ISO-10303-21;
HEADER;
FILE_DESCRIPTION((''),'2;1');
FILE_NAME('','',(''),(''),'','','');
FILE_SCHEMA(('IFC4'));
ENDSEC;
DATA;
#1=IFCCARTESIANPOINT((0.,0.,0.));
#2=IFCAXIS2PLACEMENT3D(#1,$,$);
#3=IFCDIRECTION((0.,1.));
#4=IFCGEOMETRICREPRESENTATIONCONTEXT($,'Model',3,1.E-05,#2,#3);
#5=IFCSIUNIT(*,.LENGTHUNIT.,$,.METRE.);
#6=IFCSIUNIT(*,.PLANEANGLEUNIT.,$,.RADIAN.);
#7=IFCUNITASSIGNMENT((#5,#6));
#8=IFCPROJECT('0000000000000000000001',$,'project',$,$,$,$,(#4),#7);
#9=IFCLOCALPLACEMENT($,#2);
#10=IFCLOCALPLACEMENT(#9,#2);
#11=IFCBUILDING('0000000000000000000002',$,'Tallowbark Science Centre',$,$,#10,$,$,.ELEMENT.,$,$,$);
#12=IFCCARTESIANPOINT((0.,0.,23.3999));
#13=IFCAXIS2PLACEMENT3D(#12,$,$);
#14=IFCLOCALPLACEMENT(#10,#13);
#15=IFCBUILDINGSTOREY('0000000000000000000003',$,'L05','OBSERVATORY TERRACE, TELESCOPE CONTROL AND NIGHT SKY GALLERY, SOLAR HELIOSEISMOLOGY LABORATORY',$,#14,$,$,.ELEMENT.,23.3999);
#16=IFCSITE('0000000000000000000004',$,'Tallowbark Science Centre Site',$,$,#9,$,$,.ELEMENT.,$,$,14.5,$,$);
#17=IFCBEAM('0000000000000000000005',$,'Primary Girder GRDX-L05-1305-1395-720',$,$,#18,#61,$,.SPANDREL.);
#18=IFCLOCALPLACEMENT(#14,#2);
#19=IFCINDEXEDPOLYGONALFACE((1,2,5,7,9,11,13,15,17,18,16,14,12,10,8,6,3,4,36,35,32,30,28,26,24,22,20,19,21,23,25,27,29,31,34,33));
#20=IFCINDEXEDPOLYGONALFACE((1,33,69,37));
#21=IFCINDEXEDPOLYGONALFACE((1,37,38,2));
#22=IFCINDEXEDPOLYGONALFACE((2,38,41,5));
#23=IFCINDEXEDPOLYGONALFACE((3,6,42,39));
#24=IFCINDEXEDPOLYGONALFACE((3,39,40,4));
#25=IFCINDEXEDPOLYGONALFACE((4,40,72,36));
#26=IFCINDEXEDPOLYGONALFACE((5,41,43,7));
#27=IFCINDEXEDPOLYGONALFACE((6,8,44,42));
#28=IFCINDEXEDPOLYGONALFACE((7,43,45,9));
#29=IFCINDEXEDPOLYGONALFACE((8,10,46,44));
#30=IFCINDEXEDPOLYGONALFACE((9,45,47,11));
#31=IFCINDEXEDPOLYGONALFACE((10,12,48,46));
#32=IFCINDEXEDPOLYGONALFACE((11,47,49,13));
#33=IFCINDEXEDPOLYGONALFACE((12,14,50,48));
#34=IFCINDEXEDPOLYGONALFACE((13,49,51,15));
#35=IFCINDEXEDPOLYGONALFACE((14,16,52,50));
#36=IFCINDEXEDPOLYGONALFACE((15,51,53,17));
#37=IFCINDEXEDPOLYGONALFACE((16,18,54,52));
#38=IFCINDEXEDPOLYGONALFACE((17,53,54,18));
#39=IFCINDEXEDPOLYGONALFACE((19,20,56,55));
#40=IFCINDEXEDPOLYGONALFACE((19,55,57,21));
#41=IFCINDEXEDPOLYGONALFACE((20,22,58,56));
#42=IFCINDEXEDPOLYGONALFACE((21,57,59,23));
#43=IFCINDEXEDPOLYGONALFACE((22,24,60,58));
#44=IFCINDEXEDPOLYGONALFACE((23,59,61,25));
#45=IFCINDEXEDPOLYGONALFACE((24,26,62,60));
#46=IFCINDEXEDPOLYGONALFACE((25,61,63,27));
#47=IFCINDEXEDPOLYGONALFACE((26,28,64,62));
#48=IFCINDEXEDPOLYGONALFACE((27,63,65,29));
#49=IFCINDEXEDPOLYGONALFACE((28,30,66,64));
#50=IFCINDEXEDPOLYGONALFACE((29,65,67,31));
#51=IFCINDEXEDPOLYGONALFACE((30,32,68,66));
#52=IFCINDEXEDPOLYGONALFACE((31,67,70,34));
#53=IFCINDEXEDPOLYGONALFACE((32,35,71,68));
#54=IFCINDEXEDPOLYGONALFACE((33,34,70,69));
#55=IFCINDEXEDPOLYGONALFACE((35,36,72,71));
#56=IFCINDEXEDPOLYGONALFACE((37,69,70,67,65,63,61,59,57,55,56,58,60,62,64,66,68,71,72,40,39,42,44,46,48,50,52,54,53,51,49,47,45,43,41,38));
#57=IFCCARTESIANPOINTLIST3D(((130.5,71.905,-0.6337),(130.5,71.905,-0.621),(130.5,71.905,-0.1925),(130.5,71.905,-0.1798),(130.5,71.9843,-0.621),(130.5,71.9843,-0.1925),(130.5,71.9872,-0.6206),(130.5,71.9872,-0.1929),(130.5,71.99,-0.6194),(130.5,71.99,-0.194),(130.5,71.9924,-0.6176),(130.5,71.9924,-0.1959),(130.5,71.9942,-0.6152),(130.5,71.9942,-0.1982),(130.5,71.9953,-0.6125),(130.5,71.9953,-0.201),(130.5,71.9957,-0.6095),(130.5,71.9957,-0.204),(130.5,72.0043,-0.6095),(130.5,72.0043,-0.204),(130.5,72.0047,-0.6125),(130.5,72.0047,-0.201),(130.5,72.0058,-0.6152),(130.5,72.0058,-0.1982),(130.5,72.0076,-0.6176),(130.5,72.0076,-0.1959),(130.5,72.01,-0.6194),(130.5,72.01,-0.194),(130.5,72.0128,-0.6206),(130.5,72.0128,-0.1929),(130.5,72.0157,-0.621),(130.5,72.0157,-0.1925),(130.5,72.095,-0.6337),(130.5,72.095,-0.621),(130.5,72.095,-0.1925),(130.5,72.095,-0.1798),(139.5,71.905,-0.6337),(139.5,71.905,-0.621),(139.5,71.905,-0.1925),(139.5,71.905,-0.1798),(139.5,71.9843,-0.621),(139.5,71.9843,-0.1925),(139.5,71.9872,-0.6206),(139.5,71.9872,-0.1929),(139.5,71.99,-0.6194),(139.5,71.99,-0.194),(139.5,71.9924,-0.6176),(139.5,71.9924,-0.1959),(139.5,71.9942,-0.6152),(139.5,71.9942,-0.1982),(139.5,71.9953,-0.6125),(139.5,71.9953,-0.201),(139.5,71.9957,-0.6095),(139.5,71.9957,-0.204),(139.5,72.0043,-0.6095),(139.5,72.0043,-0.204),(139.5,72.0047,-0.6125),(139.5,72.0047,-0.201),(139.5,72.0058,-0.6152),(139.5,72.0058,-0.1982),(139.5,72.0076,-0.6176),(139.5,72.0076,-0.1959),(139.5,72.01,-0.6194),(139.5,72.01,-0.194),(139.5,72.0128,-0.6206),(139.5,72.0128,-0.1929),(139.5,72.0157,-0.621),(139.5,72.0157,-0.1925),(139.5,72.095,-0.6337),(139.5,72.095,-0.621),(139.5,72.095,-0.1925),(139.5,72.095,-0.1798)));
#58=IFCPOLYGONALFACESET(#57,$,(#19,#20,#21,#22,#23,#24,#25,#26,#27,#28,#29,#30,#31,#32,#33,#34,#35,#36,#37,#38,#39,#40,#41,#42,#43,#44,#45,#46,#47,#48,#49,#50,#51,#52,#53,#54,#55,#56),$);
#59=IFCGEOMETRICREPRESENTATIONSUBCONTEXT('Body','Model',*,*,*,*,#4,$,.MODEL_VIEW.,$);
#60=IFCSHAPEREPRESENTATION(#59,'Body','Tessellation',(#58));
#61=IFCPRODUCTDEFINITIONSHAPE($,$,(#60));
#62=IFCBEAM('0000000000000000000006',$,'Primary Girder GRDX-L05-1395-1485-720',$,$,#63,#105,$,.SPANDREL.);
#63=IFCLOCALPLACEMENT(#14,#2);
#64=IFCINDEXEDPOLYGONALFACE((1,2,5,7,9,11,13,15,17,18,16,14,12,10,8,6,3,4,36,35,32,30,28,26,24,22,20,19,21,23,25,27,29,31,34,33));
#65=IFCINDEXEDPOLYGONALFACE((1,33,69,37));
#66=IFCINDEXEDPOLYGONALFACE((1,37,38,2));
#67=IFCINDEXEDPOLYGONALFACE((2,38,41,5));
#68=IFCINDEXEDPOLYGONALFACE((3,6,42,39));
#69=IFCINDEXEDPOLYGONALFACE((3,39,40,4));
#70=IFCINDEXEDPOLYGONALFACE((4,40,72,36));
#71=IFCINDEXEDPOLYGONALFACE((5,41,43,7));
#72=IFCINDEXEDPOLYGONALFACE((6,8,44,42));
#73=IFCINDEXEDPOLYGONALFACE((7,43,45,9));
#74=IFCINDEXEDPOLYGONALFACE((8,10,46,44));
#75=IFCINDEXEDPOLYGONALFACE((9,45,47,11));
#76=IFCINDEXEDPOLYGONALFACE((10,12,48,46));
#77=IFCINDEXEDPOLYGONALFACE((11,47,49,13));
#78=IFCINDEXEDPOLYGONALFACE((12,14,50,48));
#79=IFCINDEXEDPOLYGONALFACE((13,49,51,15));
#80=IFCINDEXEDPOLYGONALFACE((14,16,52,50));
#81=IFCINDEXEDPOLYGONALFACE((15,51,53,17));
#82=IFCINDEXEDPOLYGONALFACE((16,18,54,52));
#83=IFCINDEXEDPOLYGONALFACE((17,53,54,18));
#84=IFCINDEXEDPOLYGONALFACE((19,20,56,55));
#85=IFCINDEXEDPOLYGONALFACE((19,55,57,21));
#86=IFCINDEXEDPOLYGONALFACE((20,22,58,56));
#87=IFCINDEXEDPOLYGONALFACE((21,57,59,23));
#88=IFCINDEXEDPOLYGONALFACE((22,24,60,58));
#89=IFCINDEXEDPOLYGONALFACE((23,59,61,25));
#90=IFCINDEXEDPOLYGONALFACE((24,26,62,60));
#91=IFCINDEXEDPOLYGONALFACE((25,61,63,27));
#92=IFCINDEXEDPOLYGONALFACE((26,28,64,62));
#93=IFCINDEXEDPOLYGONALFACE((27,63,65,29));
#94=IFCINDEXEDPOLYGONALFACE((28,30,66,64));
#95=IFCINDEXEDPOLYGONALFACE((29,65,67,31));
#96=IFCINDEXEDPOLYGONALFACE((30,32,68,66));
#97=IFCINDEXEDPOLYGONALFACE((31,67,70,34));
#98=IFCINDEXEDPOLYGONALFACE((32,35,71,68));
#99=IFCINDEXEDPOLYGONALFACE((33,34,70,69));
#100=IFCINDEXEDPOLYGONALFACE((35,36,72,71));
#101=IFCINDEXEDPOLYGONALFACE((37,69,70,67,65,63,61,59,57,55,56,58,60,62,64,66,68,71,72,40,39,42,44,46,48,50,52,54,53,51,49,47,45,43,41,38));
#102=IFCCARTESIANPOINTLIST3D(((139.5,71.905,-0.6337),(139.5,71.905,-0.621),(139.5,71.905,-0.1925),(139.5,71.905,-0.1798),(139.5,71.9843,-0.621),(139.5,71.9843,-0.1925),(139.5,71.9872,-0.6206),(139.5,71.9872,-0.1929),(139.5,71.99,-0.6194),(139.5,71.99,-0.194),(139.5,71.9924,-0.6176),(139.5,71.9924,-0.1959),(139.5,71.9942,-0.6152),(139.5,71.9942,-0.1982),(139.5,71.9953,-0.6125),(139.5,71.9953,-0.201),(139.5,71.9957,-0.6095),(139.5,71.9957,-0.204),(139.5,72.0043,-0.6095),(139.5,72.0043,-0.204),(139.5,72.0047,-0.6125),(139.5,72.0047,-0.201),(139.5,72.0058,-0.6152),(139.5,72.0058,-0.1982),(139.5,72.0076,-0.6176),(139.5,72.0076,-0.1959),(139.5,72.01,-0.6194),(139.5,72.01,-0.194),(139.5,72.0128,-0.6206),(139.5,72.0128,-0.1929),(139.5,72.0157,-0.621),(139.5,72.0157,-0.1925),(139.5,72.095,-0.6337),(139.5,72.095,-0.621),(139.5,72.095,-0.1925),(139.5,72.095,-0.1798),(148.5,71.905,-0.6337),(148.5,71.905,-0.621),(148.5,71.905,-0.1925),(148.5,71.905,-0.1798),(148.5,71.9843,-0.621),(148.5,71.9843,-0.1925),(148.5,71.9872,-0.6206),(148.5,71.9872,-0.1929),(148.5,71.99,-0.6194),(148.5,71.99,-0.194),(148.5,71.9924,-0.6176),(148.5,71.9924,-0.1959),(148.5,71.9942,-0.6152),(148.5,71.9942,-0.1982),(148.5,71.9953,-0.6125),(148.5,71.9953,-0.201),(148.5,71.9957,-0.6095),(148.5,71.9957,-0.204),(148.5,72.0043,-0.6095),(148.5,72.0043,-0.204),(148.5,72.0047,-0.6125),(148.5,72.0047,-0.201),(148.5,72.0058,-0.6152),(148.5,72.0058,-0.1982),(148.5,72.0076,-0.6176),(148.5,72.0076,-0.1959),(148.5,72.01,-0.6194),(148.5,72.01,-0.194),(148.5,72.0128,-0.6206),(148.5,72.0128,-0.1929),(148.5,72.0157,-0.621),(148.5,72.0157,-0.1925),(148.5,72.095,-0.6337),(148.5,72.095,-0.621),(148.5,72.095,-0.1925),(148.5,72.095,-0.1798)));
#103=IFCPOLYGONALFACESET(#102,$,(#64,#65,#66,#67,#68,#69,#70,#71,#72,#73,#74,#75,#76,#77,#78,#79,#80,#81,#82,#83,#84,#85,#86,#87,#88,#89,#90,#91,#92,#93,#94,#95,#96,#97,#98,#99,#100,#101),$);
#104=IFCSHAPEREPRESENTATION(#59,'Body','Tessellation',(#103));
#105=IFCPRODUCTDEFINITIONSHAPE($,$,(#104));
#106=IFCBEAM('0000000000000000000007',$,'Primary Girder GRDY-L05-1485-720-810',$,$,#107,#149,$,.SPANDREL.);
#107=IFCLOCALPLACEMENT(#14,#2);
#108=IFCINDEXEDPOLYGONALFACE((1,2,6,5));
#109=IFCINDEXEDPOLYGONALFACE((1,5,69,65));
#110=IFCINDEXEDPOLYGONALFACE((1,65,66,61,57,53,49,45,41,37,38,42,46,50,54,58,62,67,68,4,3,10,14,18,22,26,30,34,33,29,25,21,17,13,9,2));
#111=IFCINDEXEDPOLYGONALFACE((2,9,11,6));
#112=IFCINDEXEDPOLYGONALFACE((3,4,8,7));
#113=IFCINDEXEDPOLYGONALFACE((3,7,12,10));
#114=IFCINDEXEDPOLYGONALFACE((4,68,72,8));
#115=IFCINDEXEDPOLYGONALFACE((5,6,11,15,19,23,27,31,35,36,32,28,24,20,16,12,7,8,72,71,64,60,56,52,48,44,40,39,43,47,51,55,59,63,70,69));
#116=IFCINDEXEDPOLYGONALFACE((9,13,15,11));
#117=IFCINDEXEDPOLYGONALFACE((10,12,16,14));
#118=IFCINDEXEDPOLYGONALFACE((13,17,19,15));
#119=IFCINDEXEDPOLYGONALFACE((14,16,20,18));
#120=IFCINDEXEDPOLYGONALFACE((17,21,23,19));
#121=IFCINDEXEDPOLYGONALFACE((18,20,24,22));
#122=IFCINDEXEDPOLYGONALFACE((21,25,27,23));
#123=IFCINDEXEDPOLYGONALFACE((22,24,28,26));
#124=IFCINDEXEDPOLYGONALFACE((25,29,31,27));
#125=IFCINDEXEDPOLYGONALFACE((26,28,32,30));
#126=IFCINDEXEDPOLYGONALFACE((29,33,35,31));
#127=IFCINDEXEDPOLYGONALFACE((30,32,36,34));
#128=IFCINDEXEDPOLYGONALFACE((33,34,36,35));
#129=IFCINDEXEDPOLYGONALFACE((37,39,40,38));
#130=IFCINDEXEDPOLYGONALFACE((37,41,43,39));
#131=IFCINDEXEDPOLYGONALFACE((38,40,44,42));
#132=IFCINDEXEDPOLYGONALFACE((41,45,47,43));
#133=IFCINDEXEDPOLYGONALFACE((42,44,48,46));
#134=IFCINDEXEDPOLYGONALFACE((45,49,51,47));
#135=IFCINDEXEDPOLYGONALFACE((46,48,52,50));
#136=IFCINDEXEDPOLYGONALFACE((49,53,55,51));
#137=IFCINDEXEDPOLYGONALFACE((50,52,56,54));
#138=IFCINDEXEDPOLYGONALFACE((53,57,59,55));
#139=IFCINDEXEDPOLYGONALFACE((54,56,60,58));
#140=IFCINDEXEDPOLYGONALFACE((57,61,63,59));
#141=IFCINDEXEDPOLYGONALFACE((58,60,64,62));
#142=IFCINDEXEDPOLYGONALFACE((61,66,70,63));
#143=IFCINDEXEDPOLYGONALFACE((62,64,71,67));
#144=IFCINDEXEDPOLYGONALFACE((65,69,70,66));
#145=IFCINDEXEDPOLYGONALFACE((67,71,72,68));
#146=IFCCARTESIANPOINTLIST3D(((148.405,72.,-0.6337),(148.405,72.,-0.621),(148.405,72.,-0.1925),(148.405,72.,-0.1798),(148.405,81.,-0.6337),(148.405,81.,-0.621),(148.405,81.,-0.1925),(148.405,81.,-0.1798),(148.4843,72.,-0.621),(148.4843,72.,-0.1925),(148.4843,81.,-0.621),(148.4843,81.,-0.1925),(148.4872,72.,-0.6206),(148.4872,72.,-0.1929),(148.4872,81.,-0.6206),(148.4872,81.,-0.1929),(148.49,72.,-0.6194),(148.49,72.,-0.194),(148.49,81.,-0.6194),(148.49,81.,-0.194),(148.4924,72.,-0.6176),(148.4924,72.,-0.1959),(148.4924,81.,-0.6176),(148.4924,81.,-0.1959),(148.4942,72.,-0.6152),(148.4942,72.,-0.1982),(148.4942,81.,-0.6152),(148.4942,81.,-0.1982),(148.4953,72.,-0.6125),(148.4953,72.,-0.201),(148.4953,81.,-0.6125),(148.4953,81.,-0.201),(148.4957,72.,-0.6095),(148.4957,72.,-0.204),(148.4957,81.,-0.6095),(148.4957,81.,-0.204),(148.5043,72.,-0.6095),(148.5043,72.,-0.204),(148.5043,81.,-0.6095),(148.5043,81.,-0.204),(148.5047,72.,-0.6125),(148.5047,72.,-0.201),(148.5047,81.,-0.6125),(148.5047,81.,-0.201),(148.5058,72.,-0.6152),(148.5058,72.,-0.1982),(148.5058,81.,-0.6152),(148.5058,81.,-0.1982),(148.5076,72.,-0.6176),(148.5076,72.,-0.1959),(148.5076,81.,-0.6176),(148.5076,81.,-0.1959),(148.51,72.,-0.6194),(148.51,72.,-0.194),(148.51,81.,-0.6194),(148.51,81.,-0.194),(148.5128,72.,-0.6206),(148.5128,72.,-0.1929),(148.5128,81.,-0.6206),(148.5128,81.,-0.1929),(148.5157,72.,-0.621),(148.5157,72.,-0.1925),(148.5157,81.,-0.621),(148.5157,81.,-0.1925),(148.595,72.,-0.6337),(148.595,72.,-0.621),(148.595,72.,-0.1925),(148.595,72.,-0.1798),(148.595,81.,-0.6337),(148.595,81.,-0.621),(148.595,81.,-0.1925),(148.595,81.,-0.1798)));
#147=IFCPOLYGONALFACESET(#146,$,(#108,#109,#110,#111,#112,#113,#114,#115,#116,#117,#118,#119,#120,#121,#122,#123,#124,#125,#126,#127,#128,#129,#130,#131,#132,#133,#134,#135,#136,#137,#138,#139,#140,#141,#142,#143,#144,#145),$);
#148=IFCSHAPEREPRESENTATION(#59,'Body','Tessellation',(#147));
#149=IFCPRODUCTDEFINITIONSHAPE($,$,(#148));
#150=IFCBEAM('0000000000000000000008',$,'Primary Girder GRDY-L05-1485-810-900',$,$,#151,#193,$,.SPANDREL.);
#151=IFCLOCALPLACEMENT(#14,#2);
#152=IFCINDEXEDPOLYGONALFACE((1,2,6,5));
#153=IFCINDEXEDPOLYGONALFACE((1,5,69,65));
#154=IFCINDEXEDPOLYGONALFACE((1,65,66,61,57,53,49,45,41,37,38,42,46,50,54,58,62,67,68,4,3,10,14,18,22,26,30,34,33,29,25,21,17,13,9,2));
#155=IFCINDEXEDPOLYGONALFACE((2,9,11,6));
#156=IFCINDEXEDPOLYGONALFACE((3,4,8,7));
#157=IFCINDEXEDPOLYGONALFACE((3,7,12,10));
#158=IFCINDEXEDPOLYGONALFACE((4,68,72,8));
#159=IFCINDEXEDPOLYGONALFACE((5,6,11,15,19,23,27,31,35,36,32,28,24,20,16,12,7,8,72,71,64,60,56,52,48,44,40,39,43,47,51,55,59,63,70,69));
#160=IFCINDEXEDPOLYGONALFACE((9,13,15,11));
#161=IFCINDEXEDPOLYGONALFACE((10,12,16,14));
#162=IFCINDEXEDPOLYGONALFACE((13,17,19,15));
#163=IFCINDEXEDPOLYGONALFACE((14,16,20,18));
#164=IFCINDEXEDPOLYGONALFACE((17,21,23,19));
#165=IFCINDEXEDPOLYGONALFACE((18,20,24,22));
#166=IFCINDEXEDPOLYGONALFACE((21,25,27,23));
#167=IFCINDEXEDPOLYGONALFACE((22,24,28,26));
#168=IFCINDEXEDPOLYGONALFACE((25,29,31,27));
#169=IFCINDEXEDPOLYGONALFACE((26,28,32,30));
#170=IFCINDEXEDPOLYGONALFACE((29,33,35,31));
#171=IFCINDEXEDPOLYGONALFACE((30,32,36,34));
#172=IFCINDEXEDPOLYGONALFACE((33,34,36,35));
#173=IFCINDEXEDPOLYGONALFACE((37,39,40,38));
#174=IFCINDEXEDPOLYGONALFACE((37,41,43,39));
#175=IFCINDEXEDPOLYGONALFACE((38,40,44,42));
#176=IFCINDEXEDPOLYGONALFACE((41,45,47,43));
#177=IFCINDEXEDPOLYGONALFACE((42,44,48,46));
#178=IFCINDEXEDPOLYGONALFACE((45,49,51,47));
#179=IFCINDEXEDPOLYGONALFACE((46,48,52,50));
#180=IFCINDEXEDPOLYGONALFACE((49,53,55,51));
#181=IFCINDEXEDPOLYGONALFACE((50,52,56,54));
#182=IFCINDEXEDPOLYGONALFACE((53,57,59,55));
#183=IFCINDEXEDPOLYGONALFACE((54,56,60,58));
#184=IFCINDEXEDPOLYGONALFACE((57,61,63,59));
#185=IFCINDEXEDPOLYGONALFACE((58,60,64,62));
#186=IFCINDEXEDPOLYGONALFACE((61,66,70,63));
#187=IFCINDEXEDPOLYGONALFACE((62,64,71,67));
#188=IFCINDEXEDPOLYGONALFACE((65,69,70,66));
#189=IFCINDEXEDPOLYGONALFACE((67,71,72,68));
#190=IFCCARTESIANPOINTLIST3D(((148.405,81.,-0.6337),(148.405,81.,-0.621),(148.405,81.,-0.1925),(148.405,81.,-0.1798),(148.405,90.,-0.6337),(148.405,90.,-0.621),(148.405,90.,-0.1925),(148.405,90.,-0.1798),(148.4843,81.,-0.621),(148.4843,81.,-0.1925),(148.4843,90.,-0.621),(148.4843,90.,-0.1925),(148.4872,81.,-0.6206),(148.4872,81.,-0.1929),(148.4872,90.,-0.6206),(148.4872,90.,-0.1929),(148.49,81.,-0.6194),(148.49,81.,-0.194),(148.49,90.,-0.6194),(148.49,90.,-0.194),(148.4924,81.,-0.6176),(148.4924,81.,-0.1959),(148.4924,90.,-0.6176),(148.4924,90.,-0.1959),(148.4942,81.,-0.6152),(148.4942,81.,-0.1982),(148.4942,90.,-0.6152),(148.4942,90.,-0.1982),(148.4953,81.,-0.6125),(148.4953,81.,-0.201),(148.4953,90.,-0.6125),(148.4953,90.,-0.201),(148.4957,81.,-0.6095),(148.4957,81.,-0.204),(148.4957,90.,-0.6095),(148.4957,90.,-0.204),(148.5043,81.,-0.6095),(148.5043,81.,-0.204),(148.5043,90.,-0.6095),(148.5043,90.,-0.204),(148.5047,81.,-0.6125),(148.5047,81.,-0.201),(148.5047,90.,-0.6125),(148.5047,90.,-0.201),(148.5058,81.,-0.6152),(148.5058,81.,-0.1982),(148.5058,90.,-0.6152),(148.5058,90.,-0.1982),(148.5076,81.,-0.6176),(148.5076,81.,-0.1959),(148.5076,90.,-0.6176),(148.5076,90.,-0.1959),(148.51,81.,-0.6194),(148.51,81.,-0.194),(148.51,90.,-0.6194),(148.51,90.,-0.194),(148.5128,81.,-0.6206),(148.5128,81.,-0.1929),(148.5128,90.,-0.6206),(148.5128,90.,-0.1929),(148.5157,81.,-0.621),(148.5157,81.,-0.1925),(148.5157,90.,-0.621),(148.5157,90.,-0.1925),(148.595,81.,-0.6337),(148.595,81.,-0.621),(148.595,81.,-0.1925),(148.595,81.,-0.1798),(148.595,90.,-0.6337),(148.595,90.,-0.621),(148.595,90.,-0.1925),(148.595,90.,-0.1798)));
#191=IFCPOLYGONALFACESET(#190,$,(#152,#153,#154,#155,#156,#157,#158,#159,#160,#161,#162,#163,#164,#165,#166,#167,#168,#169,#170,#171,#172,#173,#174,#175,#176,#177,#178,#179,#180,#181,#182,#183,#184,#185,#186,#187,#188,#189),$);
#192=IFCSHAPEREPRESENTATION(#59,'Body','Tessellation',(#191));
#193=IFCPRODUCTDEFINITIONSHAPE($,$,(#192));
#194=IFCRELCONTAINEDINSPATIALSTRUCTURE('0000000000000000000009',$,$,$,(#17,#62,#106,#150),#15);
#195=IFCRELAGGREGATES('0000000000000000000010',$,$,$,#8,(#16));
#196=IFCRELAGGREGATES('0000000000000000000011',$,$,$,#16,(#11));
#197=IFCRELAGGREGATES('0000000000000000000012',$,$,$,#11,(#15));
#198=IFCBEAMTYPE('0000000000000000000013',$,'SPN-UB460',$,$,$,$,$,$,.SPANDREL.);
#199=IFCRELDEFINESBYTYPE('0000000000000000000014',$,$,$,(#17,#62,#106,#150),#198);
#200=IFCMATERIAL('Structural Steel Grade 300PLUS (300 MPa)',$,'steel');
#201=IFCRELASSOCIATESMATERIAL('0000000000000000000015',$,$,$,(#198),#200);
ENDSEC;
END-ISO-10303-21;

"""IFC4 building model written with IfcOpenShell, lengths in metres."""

from ifc_helpers import new_model, si_unit, direction, frame, origin, origin_2d, place, context, subcontext, project, spatial, i_section, extrude, material, material_profile, profile_set, type_object, element, save


model = new_model("IFC4")

# Units and contexts
model_context = context("Model", 3, precision=1e-05, world=origin(), true_north=direction((0.0, 1.0)))
body_context = subcontext(model_context, "Body", "Model", "MODEL_VIEW")
ifc_project = project(units=[si_unit("LENGTHUNIT", "METRE"), si_unit("PLANEANGLEUNIT", "RADIAN")], contexts=[model_context])

# Site, building, storey
site_placement = place(None, origin())
site = spatial("IfcSite", under=ifc_project, at=site_placement, Name="Tallowbark Science Centre Site", CompositionType="ELEMENT", RefElevation=14.5)
building_placement = place(site_placement, origin())
building = spatial("IfcBuilding", under=site, at=building_placement, Name="Tallowbark Science Centre", CompositionType="ELEMENT")
storey_placement = place(building_placement, frame((0.0, 0.0, 23.3999)))
storey = spatial("IfcBuildingStorey", under=building, at=storey_placement, Name="L05", Description="OBSERVATORY TERRACE, TELESCOPE CONTROL AND NIGHT SKY GALLERY, SOLAR HELIOSEISMOLOGY LABORATORY", CompositionType="ELEMENT", Elevation=23.3999)

# Shared definitions
ifc_material_1 = material(Name="Structural Steel Grade 300PLUS (300 MPa)", Category="steel")

# Beams
ifc_material_profile_1 = material_profile(ifc_material_1, i_section(OverallWidth=0.1899, OverallDepth=0.4539, WebThickness=0.0085, FlangeThickness=0.0127, FilletRadius=0.0115, at=origin_2d()), Name="460UB67.1")
ifc_profile_set_1 = profile_set([ifc_material_profile_1], Name="Structural Steel Grade 300PLUS (300 MPa)")
beam_type_1 = type_object("IfcBeamType", Name="SPN-UB460", PredefinedType="SPANDREL", material=ifc_profile_set_1)
for number, where, z_axis, x_axis, name in (
    (1, (130.5, 72.0, -0.4067), (1.0, 0.0, 0.0), (0.0, 1.0, 0.0), "Primary Girder GRDX-L05-1305-1395-720"),
    (2, (139.5, 72.0, -0.4067), (1.0, 0.0, 0.0), (0.0, 1.0, 0.0), "Primary Girder GRDX-L05-1395-1485-720"),
    (3, (148.5, 72.0, -0.4067), (0.0, 1.0, 0.0), (-1.0, 0.0, 0.0), "Primary Girder GRDY-L05-1485-720-810"),
    (4, (148.5, 81.0, -0.4067), (0.0, 1.0, 0.0), (-1.0, 0.0, 0.0), "Primary Girder GRDY-L05-1485-810-900"),
):
    element("IfcBeam", number, at=place(storey_placement, frame(where, z_axis=z_axis, x_axis=x_axis)), inside=storey, type_object=beam_type_1, Name=name, PredefinedType="SPANDREL", context=body_context, shape_type="SweptSolid", body=[
        extrude(i_section(OverallWidth=0.1899, OverallDepth=0.4539, WebThickness=0.0085, FlangeThickness=0.0127, FilletRadius=0.0115, at=origin_2d()), origin(), (0.0, 0.0, 1.0), 9.0),
    ])

save(model, "model.ifc")
